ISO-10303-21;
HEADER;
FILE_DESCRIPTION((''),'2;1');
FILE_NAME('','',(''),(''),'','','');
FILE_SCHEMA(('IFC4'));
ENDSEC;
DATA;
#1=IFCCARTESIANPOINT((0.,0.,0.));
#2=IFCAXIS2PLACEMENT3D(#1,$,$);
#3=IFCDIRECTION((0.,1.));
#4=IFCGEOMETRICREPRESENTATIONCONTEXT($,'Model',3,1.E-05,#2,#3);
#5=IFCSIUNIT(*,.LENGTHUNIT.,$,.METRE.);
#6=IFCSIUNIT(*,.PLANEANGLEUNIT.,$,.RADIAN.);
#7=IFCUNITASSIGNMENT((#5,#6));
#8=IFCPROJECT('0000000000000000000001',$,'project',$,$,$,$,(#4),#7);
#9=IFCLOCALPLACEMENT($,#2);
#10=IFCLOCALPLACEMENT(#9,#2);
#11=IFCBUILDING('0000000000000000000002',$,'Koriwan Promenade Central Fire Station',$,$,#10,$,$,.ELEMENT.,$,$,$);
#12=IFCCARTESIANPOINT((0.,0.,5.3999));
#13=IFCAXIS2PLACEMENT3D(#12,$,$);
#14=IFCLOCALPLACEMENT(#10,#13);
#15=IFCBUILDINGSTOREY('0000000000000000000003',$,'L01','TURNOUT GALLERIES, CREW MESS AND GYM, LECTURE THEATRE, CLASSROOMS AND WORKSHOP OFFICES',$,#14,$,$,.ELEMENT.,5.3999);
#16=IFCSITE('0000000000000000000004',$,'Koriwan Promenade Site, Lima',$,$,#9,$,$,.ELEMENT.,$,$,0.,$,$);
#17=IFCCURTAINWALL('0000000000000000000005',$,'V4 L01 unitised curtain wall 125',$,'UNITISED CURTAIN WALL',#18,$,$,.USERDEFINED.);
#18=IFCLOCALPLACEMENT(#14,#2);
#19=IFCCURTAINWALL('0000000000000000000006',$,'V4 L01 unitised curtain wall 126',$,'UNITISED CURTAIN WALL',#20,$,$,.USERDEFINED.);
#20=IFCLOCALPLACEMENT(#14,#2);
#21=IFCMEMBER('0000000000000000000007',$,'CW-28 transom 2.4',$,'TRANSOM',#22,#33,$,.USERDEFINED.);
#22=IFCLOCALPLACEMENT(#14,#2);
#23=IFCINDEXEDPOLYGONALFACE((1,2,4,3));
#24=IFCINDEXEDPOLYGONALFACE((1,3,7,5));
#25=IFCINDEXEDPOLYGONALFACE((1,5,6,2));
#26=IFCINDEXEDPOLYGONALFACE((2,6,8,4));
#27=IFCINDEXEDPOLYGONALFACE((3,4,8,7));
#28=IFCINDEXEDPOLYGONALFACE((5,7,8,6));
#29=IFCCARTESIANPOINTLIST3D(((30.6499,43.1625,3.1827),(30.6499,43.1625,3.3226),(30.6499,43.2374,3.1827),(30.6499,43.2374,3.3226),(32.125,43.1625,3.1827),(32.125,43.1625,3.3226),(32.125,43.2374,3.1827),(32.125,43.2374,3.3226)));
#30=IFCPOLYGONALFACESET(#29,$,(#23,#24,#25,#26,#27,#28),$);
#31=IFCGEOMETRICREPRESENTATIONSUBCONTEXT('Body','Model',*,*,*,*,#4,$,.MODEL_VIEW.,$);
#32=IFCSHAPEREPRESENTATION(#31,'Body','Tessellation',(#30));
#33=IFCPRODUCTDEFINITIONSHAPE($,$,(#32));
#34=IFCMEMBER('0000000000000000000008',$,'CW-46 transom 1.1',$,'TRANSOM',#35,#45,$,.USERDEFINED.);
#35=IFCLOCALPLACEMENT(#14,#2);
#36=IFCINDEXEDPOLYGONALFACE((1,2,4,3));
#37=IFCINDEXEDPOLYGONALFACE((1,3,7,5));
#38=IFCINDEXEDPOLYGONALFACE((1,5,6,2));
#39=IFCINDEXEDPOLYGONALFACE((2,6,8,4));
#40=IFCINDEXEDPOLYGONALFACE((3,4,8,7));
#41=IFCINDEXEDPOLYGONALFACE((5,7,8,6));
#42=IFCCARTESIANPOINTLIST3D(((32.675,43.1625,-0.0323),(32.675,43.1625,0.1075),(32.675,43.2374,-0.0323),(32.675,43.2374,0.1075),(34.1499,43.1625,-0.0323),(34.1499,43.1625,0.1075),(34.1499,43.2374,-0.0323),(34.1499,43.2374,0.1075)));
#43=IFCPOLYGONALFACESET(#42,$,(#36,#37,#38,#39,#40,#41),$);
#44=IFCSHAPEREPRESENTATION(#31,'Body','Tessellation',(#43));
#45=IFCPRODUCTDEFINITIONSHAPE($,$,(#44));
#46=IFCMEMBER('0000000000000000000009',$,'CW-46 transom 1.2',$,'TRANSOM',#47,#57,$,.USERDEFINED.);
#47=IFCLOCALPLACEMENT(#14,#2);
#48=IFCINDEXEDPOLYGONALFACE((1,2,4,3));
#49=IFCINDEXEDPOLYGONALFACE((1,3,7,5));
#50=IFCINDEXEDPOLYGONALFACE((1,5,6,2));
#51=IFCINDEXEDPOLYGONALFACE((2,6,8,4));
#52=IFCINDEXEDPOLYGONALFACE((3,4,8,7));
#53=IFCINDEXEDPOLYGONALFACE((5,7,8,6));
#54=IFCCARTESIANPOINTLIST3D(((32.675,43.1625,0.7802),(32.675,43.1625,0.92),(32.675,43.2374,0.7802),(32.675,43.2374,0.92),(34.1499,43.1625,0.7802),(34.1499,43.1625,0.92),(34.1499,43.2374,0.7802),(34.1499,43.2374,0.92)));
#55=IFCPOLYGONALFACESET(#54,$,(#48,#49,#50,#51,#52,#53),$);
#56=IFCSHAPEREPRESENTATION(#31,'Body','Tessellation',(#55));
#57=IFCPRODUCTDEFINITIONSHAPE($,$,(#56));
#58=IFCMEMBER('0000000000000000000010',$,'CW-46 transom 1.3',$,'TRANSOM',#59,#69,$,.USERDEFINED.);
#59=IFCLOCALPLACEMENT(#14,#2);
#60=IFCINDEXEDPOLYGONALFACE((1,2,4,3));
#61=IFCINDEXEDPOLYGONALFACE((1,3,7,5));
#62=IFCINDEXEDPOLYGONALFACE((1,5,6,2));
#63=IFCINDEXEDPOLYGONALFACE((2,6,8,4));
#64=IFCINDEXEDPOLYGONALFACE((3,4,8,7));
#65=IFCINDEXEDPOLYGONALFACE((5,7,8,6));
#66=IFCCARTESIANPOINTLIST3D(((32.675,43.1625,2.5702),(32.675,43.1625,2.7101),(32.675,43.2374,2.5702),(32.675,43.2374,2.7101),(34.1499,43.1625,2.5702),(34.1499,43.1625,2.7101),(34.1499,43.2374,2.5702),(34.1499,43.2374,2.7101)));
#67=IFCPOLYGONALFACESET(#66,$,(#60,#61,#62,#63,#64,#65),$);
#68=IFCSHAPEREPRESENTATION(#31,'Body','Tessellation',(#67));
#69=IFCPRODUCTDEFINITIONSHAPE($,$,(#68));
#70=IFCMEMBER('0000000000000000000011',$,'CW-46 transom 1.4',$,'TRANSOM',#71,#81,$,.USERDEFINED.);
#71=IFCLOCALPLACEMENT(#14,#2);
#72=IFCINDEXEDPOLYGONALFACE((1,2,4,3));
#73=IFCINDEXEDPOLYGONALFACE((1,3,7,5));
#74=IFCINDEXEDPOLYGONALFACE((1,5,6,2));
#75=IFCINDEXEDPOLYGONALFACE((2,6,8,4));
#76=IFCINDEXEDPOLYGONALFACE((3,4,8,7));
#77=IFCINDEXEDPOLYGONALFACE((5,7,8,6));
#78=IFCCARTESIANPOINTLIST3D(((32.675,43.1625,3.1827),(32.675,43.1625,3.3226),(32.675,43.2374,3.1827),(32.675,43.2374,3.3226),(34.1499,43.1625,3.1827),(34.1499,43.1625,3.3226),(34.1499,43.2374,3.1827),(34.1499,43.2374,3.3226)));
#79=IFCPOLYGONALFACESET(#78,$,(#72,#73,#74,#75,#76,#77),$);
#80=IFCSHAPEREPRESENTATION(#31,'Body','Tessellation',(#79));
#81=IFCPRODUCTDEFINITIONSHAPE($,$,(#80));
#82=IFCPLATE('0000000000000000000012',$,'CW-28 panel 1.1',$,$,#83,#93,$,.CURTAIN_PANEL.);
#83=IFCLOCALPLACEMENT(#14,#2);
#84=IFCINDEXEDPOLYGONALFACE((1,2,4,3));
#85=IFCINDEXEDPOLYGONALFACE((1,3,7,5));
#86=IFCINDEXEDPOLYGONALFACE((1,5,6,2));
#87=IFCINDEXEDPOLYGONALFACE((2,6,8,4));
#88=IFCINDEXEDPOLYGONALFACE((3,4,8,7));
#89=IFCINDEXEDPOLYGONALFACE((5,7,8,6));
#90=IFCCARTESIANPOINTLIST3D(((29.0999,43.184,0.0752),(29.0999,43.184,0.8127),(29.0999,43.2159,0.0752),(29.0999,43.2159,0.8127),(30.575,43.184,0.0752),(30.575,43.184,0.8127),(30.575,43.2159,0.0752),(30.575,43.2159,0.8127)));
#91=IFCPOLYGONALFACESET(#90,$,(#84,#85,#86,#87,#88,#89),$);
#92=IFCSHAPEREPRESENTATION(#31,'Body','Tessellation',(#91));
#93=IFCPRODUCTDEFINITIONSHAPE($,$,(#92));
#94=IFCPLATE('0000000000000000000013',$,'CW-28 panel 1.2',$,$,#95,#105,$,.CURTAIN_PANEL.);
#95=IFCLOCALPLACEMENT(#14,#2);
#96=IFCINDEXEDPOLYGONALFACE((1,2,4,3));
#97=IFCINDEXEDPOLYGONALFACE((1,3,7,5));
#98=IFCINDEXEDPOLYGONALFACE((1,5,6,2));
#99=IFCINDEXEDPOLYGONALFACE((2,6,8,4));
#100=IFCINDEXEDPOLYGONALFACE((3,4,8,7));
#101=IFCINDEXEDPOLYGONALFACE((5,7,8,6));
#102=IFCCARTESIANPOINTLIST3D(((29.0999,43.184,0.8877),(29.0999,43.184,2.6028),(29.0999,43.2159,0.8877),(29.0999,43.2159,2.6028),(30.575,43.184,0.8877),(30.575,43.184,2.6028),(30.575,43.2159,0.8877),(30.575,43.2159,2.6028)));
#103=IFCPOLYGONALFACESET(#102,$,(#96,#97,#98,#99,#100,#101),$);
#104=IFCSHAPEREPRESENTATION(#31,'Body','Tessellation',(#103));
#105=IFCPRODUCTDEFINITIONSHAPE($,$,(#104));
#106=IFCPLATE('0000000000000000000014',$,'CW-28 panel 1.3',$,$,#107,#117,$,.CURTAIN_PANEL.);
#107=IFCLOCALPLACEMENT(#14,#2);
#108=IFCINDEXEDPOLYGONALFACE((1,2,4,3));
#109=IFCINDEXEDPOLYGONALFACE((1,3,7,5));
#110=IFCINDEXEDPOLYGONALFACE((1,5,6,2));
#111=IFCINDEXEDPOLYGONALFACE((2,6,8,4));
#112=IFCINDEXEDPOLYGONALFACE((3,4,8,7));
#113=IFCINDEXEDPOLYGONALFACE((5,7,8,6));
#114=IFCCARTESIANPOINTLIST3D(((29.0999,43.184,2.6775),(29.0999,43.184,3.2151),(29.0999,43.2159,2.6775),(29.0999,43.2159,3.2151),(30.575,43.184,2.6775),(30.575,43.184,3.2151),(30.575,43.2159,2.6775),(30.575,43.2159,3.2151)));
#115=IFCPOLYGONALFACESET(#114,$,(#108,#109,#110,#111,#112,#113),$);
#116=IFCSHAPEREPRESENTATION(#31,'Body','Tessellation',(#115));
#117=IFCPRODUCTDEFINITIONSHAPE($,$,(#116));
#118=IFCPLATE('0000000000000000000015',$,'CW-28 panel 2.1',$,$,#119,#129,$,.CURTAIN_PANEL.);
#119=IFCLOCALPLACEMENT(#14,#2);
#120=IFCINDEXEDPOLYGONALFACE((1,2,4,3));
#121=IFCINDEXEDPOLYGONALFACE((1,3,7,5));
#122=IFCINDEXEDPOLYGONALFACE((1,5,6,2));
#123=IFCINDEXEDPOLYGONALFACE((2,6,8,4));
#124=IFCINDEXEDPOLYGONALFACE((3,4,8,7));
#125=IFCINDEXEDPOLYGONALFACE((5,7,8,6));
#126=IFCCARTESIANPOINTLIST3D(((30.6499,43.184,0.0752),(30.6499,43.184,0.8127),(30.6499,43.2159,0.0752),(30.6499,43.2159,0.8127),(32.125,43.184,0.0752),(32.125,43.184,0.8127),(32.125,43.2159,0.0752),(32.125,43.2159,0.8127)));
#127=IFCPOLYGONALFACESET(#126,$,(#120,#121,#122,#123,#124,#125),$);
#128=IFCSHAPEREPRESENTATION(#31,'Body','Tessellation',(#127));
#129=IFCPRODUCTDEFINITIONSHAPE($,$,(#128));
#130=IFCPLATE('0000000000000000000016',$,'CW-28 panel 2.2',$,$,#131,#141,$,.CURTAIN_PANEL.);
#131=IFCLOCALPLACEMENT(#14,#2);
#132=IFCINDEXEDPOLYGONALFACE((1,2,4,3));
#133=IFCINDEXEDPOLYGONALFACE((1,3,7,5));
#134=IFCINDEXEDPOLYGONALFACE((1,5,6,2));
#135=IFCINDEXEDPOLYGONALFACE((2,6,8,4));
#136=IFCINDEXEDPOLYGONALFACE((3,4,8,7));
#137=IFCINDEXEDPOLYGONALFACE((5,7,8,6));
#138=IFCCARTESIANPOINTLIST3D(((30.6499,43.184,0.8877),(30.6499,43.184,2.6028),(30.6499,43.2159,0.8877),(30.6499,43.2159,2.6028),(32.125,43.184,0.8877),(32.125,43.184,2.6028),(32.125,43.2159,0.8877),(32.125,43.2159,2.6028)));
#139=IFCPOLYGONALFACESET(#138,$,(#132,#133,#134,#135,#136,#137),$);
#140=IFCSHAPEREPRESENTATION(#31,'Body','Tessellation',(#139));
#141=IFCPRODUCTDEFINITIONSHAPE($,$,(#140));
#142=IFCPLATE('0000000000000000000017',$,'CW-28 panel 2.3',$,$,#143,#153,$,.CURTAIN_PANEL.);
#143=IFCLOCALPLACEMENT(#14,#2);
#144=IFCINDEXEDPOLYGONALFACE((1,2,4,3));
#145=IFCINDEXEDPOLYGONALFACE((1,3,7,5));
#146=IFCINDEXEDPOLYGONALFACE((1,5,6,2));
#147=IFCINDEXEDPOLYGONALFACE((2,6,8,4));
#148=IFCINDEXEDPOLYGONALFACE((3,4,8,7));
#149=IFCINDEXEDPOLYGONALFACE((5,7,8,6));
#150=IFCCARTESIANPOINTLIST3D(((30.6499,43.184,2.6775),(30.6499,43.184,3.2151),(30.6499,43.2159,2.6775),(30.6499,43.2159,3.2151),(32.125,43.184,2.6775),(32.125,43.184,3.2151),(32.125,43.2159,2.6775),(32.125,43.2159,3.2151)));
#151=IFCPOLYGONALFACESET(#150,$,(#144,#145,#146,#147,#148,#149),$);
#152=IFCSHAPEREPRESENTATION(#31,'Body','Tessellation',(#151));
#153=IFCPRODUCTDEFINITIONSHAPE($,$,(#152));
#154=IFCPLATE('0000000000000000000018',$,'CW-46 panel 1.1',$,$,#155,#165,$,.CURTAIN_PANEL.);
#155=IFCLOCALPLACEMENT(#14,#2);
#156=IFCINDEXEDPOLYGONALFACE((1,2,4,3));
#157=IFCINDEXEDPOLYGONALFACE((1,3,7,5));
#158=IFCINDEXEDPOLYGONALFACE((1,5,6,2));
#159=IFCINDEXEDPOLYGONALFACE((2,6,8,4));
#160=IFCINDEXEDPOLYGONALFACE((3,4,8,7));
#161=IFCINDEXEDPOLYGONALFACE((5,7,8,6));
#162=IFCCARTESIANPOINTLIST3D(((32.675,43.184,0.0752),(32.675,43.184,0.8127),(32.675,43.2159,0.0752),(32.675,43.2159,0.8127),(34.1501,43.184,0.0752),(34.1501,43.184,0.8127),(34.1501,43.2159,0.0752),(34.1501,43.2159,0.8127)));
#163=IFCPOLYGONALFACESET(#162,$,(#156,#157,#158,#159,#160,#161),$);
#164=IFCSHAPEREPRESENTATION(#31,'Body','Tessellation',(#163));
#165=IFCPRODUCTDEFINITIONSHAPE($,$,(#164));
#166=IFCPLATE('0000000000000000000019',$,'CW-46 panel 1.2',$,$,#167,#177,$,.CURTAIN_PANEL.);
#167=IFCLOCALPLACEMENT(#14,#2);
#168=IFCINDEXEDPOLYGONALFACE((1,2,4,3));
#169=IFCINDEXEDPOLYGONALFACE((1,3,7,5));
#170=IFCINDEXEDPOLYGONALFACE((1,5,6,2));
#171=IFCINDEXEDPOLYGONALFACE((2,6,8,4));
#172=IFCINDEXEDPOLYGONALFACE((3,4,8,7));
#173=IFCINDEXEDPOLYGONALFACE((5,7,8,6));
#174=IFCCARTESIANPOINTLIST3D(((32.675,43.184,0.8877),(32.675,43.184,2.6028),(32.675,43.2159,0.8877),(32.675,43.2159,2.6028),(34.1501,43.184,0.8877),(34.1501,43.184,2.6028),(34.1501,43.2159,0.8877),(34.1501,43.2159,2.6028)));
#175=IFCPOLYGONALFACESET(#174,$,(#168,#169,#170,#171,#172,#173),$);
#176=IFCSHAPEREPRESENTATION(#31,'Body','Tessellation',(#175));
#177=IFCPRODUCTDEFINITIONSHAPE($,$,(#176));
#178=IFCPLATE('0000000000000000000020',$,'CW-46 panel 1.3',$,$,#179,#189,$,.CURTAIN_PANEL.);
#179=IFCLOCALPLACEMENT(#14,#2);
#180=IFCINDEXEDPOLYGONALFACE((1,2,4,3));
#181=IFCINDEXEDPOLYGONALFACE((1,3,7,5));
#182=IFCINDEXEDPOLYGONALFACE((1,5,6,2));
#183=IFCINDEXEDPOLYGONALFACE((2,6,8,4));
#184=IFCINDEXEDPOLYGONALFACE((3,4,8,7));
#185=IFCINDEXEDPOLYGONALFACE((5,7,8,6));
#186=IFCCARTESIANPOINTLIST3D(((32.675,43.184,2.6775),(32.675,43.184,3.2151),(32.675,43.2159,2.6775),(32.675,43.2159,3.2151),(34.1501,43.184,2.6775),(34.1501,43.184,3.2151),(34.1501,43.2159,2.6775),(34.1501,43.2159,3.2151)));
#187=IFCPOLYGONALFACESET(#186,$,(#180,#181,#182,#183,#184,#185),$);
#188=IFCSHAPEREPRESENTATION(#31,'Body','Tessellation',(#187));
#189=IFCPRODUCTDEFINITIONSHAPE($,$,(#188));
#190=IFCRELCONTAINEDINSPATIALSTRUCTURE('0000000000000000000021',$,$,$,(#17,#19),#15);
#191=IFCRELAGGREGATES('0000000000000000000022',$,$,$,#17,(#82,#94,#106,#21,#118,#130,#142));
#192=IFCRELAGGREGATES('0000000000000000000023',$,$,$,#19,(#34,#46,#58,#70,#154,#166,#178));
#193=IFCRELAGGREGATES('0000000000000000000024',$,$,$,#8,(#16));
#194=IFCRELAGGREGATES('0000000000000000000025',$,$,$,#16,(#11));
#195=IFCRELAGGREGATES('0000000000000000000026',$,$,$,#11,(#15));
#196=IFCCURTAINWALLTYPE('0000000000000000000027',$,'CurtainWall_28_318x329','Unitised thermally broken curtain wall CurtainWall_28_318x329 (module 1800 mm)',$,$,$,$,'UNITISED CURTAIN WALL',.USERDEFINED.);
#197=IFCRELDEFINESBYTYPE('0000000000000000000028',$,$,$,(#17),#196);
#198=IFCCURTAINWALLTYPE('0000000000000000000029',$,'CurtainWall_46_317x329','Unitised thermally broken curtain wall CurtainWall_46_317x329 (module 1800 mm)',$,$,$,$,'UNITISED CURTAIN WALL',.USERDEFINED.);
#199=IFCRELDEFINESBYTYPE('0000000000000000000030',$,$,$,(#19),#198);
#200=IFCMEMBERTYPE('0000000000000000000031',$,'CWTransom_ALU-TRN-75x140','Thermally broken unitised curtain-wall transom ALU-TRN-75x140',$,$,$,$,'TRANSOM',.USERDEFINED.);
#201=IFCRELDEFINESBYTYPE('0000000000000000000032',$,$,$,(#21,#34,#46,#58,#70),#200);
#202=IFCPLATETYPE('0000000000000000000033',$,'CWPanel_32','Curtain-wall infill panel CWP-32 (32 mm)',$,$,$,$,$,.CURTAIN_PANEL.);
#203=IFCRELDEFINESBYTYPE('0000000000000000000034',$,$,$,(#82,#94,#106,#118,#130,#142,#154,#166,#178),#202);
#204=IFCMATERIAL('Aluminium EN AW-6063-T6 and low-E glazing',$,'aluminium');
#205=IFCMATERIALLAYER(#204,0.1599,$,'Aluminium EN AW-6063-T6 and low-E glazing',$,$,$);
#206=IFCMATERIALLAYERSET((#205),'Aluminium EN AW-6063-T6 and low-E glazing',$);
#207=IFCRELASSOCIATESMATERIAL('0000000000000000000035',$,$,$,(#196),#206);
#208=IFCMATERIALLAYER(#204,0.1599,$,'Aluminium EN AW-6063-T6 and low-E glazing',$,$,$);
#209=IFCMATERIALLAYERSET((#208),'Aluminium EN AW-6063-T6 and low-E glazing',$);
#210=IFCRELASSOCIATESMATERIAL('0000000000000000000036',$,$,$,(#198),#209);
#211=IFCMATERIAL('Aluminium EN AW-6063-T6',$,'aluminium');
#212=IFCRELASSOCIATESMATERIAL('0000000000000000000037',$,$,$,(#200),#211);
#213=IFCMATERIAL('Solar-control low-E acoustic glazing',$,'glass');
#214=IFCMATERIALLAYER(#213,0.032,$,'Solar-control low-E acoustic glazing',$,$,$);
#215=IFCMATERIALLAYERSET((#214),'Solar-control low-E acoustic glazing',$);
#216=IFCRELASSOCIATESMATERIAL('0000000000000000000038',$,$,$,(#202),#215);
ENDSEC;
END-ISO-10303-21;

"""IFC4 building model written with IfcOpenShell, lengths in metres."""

from ifc_helpers import new_model, si_unit, direction, frame, origin, origin_2d, place, context, subcontext, project, spatial, rectangle, extrude, material, layer, layer_set, material_profile, profile_set, type_object, element, aggregate, save


model = new_model("IFC4")

# Units and contexts
model_context = context("Model", 3, precision=1e-05, world=origin(), true_north=direction((0.0, 1.0)))
body_context = subcontext(model_context, "Body", "Model", "MODEL_VIEW")
ifc_project = project(units=[si_unit("LENGTHUNIT", "METRE"), si_unit("PLANEANGLEUNIT", "RADIAN")], contexts=[model_context])

# Site, building, storey
site_placement = place(None, origin())
site = spatial("IfcSite", under=ifc_project, at=site_placement, Name="Koriwan Promenade Site, Lima", CompositionType="ELEMENT", RefElevation=0.0)
building_placement = place(site_placement, origin())
building = spatial("IfcBuilding", under=site, at=building_placement, Name="Koriwan Promenade Central Fire Station", CompositionType="ELEMENT")
storey_placement = place(building_placement, frame((0.0, 0.0, 5.3999)))
storey = spatial("IfcBuildingStorey", under=building, at=storey_placement, Name="L01", Description="TURNOUT GALLERIES, CREW MESS AND GYM, LECTURE THEATRE, CLASSROOMS AND WORKSHOP OFFICES", CompositionType="ELEMENT", Elevation=5.3999)

# Curtain wall
ifc_material_1 = material(Name="Aluminium EN AW-6063-T6 and low-E glazing", Category="aluminium")
ifc_layer_1 = layer(ifc_material_1, 0.1599, Name="Aluminium EN AW-6063-T6 and low-E glazing")
ifc_layer_set_1 = layer_set([ifc_layer_1], Name="Aluminium EN AW-6063-T6 and low-E glazing")
curtain_wall_type_1 = type_object("IfcCurtainWallType", Name="CurtainWall_28_318x329", Description="Unitised thermally broken curtain wall CurtainWall_28_318x329 (module 1800 mm)", ElementType="UNITISED CURTAIN WALL", PredefinedType="USERDEFINED", material=ifc_layer_set_1)
curtain_wall_1_placement = place(storey_placement, origin())
curtain_wall_1 = element("IfcCurtainWall", 1, at=curtain_wall_1_placement, inside=storey, type_object=curtain_wall_type_1, Name="V4 L01 unitised curtain wall 125", ObjectType="UNITISED CURTAIN WALL", PredefinedType="USERDEFINED")
ifc_material_2 = material(Name="Aluminium EN AW-6063-T6", Category="aluminium")

# Curtain wall
ifc_layer_2 = layer(ifc_material_1, 0.1599, Name="Aluminium EN AW-6063-T6 and low-E glazing")
ifc_layer_set_2 = layer_set([ifc_layer_2], Name="Aluminium EN AW-6063-T6 and low-E glazing")
curtain_wall_type_2 = type_object("IfcCurtainWallType", Name="CurtainWall_46_317x329", Description="Unitised thermally broken curtain wall CurtainWall_46_317x329 (module 1800 mm)", ElementType="UNITISED CURTAIN WALL", PredefinedType="USERDEFINED", material=ifc_layer_set_2)
curtain_wall_2_placement = place(storey_placement, origin())
curtain_wall_2 = element("IfcCurtainWall", 2, at=curtain_wall_2_placement, inside=storey, type_object=curtain_wall_type_2, Name="V4 L01 unitised curtain wall 126", ObjectType="UNITISED CURTAIN WALL", PredefinedType="USERDEFINED")

# Members
ifc_material_profile_1 = material_profile(ifc_material_2, rectangle(XDim=0.075, YDim=0.1399, at=origin_2d()), Name="ALU-TRN-75x140")
ifc_profile_set_1 = profile_set([ifc_material_profile_1], Name="Aluminium EN AW-6063-T6")
member_type_1 = type_object("IfcMemberType", Name="CWTransom_ALU-TRN-75x140", Description="Thermally broken unitised curtain-wall transom ALU-TRN-75x140", ElementType="TRANSOM", PredefinedType="USERDEFINED", material=ifc_profile_set_1)
member_1_placement = place(storey_placement, frame((30.6499, 43.2, 3.2527), z_axis=(1.0, 0.0, 0.0), x_axis=(0.0, 1.0, 0.0)))
member_1 = element("IfcMember", 3, at=member_1_placement, type_object=member_type_1, Name="CW-28 transom 2.4", ObjectType="TRANSOM", PredefinedType="USERDEFINED", context=body_context, shape_type="SweptSolid", body=[
    extrude(rectangle(XDim=0.075, YDim=0.1399, at=origin_2d()), origin(), (0.0, 0.0, 1.0), 1.4751),
])
member_2_placement = place(storey_placement, frame((32.675, 43.2, 0.0376), z_axis=(1.0, 0.0, 0.0), x_axis=(0.0, 1.0, 0.0)))
member_2 = element("IfcMember", 4, at=member_2_placement, type_object=member_type_1, Name="CW-46 transom 1.1", ObjectType="TRANSOM", PredefinedType="USERDEFINED", context=body_context, shape_type="SweptSolid", body=[
    extrude(rectangle(XDim=0.075, YDim=0.1399, at=origin_2d()), origin(), (0.0, 0.0, 1.0), 1.4749),
])
member_3_placement = place(storey_placement, frame((32.675, 43.2, 0.8501), z_axis=(1.0, 0.0, 0.0), x_axis=(0.0, 1.0, 0.0)))
member_3 = element("IfcMember", 5, at=member_3_placement, type_object=member_type_1, Name="CW-46 transom 1.2", ObjectType="TRANSOM", PredefinedType="USERDEFINED", context=body_context, shape_type="SweptSolid", body=[
    extrude(rectangle(XDim=0.075, YDim=0.1399, at=origin_2d()), origin(), (0.0, 0.0, 1.0), 1.4749),
])
member_4_placement = place(storey_placement, frame((32.675, 43.2, 2.6401), z_axis=(1.0, 0.0, 0.0), x_axis=(0.0, 1.0, 0.0)))
member_4 = element("IfcMember", 6, at=member_4_placement, type_object=member_type_1, Name="CW-46 transom 1.3", ObjectType="TRANSOM", PredefinedType="USERDEFINED", context=body_context, shape_type="SweptSolid", body=[
    extrude(rectangle(XDim=0.075, YDim=0.1399, at=origin_2d()), origin(), (0.0, 0.0, 1.0), 1.4749),
])
member_5_placement = place(storey_placement, frame((32.675, 43.2, 3.2527), z_axis=(1.0, 0.0, 0.0), x_axis=(0.0, 1.0, 0.0)))
member_5 = element("IfcMember", 7, at=member_5_placement, type_object=member_type_1, Name="CW-46 transom 1.4", ObjectType="TRANSOM", PredefinedType="USERDEFINED", context=body_context, shape_type="SweptSolid", body=[
    extrude(rectangle(XDim=0.075, YDim=0.1399, at=origin_2d()), origin(), (0.0, 0.0, 1.0), 1.4749),
])

# Plates
ifc_material_3 = material(Name="Solar-control low-E acoustic glazing", Category="glass")
ifc_layer_3 = layer(ifc_material_3, 0.032, Name="Solar-control low-E acoustic glazing")
ifc_layer_set_3 = layer_set([ifc_layer_3], Name="Solar-control low-E acoustic glazing")
plate_type_1 = type_object("IfcPlateType", Name="CWPanel_32", Description="Curtain-wall infill panel CWP-32 (32 mm)", PredefinedType="CURTAIN_PANEL", material=ifc_layer_set_3)
plate_1_placement = place(storey_placement, frame((29.8374, 43.2, 0.0752), z_axis=(0.0, 0.0, 1.0), x_axis=(1.0, 0.0, 0.0)))
plate_1 = element("IfcPlate", 8, at=plate_1_placement, type_object=plate_type_1, Name="CW-28 panel 1.1", PredefinedType="CURTAIN_PANEL", context=body_context, shape_type="SweptSolid", body=[
    extrude(rectangle(XDim=1.4751, YDim=0.032, at=origin_2d()), origin(), (0.0, 0.0, 1.0), 0.7375),
])
plate_2_placement = place(storey_placement, frame((29.8374, 43.2, 0.8877), z_axis=(0.0, 0.0, 1.0), x_axis=(1.0, 0.0, 0.0)))
plate_2 = element("IfcPlate", 9, at=plate_2_placement, type_object=plate_type_1, Name="CW-28 panel 1.2", PredefinedType="CURTAIN_PANEL", context=body_context, shape_type="SweptSolid", body=[
    extrude(rectangle(XDim=1.4751, YDim=0.032, at=origin_2d()), origin(), (0.0, 0.0, 1.0), 1.7151),
])
plate_3_placement = place(storey_placement, frame((29.8374, 43.2, 2.6775), z_axis=(0.0, 0.0, 1.0), x_axis=(1.0, 0.0, 0.0)))
plate_3 = element("IfcPlate", 10, at=plate_3_placement, type_object=plate_type_1, Name="CW-28 panel 1.3", PredefinedType="CURTAIN_PANEL", context=body_context, shape_type="SweptSolid", body=[
    extrude(rectangle(XDim=1.4751, YDim=0.032, at=origin_2d()), origin(), (0.0, 0.0, 1.0), 0.5376),
])
plate_4_placement = place(storey_placement, frame((31.3875, 43.2, 0.0752), z_axis=(0.0, 0.0, 1.0), x_axis=(1.0, 0.0, 0.0)))
plate_4 = element("IfcPlate", 11, at=plate_4_placement, type_object=plate_type_1, Name="CW-28 panel 2.1", PredefinedType="CURTAIN_PANEL", context=body_context, shape_type="SweptSolid", body=[
    extrude(rectangle(XDim=1.4751, YDim=0.032, at=origin_2d()), origin(), (0.0, 0.0, 1.0), 0.7375),
])
plate_5_placement = place(storey_placement, frame((31.3875, 43.2, 0.8877), z_axis=(0.0, 0.0, 1.0), x_axis=(1.0, 0.0, 0.0)))
plate_5 = element("IfcPlate", 12, at=plate_5_placement, type_object=plate_type_1, Name="CW-28 panel 2.2", PredefinedType="CURTAIN_PANEL", context=body_context, shape_type="SweptSolid", body=[
    extrude(rectangle(XDim=1.4751, YDim=0.032, at=origin_2d()), origin(), (0.0, 0.0, 1.0), 1.7151),
])
plate_6_placement = place(storey_placement, frame((31.3875, 43.2, 2.6775), z_axis=(0.0, 0.0, 1.0), x_axis=(1.0, 0.0, 0.0)))
plate_6 = element("IfcPlate", 13, at=plate_6_placement, type_object=plate_type_1, Name="CW-28 panel 2.3", PredefinedType="CURTAIN_PANEL", context=body_context, shape_type="SweptSolid", body=[
    extrude(rectangle(XDim=1.4751, YDim=0.032, at=origin_2d()), origin(), (0.0, 0.0, 1.0), 0.5376),
])
aggregate(curtain_wall_1, [plate_1, plate_2, plate_3, member_1, plate_4, plate_5, plate_6])
plate_7_placement = place(storey_placement, frame((33.4126, 43.2, 0.0752), z_axis=(0.0, 0.0, 1.0), x_axis=(1.0, 0.0, 0.0)))
plate_7 = element("IfcPlate", 14, at=plate_7_placement, type_object=plate_type_1, Name="CW-46 panel 1.1", PredefinedType="CURTAIN_PANEL", context=body_context, shape_type="SweptSolid", body=[
    extrude(rectangle(XDim=1.4751, YDim=0.032, at=origin_2d()), origin(), (0.0, 0.0, 1.0), 0.7375),
])
plate_8_placement = place(storey_placement, frame((33.4126, 43.2, 0.8877), z_axis=(0.0, 0.0, 1.0), x_axis=(1.0, 0.0, 0.0)))
plate_8 = element("IfcPlate", 15, at=plate_8_placement, type_object=plate_type_1, Name="CW-46 panel 1.2", PredefinedType="CURTAIN_PANEL", context=body_context, shape_type="SweptSolid", body=[
    extrude(rectangle(XDim=1.4751, YDim=0.032, at=origin_2d()), origin(), (0.0, 0.0, 1.0), 1.7151),
])
plate_9_placement = place(storey_placement, frame((33.4126, 43.2, 2.6775), z_axis=(0.0, 0.0, 1.0), x_axis=(1.0, 0.0, 0.0)))
plate_9 = element("IfcPlate", 16, at=plate_9_placement, type_object=plate_type_1, Name="CW-46 panel 1.3", PredefinedType="CURTAIN_PANEL", context=body_context, shape_type="SweptSolid", body=[
    extrude(rectangle(XDim=1.4751, YDim=0.032, at=origin_2d()), origin(), (0.0, 0.0, 1.0), 0.5376),
])
aggregate(curtain_wall_2, [member_2, member_3, member_4, member_5, plate_7, plate_8, plate_9])

save(model, "model.ifc")
